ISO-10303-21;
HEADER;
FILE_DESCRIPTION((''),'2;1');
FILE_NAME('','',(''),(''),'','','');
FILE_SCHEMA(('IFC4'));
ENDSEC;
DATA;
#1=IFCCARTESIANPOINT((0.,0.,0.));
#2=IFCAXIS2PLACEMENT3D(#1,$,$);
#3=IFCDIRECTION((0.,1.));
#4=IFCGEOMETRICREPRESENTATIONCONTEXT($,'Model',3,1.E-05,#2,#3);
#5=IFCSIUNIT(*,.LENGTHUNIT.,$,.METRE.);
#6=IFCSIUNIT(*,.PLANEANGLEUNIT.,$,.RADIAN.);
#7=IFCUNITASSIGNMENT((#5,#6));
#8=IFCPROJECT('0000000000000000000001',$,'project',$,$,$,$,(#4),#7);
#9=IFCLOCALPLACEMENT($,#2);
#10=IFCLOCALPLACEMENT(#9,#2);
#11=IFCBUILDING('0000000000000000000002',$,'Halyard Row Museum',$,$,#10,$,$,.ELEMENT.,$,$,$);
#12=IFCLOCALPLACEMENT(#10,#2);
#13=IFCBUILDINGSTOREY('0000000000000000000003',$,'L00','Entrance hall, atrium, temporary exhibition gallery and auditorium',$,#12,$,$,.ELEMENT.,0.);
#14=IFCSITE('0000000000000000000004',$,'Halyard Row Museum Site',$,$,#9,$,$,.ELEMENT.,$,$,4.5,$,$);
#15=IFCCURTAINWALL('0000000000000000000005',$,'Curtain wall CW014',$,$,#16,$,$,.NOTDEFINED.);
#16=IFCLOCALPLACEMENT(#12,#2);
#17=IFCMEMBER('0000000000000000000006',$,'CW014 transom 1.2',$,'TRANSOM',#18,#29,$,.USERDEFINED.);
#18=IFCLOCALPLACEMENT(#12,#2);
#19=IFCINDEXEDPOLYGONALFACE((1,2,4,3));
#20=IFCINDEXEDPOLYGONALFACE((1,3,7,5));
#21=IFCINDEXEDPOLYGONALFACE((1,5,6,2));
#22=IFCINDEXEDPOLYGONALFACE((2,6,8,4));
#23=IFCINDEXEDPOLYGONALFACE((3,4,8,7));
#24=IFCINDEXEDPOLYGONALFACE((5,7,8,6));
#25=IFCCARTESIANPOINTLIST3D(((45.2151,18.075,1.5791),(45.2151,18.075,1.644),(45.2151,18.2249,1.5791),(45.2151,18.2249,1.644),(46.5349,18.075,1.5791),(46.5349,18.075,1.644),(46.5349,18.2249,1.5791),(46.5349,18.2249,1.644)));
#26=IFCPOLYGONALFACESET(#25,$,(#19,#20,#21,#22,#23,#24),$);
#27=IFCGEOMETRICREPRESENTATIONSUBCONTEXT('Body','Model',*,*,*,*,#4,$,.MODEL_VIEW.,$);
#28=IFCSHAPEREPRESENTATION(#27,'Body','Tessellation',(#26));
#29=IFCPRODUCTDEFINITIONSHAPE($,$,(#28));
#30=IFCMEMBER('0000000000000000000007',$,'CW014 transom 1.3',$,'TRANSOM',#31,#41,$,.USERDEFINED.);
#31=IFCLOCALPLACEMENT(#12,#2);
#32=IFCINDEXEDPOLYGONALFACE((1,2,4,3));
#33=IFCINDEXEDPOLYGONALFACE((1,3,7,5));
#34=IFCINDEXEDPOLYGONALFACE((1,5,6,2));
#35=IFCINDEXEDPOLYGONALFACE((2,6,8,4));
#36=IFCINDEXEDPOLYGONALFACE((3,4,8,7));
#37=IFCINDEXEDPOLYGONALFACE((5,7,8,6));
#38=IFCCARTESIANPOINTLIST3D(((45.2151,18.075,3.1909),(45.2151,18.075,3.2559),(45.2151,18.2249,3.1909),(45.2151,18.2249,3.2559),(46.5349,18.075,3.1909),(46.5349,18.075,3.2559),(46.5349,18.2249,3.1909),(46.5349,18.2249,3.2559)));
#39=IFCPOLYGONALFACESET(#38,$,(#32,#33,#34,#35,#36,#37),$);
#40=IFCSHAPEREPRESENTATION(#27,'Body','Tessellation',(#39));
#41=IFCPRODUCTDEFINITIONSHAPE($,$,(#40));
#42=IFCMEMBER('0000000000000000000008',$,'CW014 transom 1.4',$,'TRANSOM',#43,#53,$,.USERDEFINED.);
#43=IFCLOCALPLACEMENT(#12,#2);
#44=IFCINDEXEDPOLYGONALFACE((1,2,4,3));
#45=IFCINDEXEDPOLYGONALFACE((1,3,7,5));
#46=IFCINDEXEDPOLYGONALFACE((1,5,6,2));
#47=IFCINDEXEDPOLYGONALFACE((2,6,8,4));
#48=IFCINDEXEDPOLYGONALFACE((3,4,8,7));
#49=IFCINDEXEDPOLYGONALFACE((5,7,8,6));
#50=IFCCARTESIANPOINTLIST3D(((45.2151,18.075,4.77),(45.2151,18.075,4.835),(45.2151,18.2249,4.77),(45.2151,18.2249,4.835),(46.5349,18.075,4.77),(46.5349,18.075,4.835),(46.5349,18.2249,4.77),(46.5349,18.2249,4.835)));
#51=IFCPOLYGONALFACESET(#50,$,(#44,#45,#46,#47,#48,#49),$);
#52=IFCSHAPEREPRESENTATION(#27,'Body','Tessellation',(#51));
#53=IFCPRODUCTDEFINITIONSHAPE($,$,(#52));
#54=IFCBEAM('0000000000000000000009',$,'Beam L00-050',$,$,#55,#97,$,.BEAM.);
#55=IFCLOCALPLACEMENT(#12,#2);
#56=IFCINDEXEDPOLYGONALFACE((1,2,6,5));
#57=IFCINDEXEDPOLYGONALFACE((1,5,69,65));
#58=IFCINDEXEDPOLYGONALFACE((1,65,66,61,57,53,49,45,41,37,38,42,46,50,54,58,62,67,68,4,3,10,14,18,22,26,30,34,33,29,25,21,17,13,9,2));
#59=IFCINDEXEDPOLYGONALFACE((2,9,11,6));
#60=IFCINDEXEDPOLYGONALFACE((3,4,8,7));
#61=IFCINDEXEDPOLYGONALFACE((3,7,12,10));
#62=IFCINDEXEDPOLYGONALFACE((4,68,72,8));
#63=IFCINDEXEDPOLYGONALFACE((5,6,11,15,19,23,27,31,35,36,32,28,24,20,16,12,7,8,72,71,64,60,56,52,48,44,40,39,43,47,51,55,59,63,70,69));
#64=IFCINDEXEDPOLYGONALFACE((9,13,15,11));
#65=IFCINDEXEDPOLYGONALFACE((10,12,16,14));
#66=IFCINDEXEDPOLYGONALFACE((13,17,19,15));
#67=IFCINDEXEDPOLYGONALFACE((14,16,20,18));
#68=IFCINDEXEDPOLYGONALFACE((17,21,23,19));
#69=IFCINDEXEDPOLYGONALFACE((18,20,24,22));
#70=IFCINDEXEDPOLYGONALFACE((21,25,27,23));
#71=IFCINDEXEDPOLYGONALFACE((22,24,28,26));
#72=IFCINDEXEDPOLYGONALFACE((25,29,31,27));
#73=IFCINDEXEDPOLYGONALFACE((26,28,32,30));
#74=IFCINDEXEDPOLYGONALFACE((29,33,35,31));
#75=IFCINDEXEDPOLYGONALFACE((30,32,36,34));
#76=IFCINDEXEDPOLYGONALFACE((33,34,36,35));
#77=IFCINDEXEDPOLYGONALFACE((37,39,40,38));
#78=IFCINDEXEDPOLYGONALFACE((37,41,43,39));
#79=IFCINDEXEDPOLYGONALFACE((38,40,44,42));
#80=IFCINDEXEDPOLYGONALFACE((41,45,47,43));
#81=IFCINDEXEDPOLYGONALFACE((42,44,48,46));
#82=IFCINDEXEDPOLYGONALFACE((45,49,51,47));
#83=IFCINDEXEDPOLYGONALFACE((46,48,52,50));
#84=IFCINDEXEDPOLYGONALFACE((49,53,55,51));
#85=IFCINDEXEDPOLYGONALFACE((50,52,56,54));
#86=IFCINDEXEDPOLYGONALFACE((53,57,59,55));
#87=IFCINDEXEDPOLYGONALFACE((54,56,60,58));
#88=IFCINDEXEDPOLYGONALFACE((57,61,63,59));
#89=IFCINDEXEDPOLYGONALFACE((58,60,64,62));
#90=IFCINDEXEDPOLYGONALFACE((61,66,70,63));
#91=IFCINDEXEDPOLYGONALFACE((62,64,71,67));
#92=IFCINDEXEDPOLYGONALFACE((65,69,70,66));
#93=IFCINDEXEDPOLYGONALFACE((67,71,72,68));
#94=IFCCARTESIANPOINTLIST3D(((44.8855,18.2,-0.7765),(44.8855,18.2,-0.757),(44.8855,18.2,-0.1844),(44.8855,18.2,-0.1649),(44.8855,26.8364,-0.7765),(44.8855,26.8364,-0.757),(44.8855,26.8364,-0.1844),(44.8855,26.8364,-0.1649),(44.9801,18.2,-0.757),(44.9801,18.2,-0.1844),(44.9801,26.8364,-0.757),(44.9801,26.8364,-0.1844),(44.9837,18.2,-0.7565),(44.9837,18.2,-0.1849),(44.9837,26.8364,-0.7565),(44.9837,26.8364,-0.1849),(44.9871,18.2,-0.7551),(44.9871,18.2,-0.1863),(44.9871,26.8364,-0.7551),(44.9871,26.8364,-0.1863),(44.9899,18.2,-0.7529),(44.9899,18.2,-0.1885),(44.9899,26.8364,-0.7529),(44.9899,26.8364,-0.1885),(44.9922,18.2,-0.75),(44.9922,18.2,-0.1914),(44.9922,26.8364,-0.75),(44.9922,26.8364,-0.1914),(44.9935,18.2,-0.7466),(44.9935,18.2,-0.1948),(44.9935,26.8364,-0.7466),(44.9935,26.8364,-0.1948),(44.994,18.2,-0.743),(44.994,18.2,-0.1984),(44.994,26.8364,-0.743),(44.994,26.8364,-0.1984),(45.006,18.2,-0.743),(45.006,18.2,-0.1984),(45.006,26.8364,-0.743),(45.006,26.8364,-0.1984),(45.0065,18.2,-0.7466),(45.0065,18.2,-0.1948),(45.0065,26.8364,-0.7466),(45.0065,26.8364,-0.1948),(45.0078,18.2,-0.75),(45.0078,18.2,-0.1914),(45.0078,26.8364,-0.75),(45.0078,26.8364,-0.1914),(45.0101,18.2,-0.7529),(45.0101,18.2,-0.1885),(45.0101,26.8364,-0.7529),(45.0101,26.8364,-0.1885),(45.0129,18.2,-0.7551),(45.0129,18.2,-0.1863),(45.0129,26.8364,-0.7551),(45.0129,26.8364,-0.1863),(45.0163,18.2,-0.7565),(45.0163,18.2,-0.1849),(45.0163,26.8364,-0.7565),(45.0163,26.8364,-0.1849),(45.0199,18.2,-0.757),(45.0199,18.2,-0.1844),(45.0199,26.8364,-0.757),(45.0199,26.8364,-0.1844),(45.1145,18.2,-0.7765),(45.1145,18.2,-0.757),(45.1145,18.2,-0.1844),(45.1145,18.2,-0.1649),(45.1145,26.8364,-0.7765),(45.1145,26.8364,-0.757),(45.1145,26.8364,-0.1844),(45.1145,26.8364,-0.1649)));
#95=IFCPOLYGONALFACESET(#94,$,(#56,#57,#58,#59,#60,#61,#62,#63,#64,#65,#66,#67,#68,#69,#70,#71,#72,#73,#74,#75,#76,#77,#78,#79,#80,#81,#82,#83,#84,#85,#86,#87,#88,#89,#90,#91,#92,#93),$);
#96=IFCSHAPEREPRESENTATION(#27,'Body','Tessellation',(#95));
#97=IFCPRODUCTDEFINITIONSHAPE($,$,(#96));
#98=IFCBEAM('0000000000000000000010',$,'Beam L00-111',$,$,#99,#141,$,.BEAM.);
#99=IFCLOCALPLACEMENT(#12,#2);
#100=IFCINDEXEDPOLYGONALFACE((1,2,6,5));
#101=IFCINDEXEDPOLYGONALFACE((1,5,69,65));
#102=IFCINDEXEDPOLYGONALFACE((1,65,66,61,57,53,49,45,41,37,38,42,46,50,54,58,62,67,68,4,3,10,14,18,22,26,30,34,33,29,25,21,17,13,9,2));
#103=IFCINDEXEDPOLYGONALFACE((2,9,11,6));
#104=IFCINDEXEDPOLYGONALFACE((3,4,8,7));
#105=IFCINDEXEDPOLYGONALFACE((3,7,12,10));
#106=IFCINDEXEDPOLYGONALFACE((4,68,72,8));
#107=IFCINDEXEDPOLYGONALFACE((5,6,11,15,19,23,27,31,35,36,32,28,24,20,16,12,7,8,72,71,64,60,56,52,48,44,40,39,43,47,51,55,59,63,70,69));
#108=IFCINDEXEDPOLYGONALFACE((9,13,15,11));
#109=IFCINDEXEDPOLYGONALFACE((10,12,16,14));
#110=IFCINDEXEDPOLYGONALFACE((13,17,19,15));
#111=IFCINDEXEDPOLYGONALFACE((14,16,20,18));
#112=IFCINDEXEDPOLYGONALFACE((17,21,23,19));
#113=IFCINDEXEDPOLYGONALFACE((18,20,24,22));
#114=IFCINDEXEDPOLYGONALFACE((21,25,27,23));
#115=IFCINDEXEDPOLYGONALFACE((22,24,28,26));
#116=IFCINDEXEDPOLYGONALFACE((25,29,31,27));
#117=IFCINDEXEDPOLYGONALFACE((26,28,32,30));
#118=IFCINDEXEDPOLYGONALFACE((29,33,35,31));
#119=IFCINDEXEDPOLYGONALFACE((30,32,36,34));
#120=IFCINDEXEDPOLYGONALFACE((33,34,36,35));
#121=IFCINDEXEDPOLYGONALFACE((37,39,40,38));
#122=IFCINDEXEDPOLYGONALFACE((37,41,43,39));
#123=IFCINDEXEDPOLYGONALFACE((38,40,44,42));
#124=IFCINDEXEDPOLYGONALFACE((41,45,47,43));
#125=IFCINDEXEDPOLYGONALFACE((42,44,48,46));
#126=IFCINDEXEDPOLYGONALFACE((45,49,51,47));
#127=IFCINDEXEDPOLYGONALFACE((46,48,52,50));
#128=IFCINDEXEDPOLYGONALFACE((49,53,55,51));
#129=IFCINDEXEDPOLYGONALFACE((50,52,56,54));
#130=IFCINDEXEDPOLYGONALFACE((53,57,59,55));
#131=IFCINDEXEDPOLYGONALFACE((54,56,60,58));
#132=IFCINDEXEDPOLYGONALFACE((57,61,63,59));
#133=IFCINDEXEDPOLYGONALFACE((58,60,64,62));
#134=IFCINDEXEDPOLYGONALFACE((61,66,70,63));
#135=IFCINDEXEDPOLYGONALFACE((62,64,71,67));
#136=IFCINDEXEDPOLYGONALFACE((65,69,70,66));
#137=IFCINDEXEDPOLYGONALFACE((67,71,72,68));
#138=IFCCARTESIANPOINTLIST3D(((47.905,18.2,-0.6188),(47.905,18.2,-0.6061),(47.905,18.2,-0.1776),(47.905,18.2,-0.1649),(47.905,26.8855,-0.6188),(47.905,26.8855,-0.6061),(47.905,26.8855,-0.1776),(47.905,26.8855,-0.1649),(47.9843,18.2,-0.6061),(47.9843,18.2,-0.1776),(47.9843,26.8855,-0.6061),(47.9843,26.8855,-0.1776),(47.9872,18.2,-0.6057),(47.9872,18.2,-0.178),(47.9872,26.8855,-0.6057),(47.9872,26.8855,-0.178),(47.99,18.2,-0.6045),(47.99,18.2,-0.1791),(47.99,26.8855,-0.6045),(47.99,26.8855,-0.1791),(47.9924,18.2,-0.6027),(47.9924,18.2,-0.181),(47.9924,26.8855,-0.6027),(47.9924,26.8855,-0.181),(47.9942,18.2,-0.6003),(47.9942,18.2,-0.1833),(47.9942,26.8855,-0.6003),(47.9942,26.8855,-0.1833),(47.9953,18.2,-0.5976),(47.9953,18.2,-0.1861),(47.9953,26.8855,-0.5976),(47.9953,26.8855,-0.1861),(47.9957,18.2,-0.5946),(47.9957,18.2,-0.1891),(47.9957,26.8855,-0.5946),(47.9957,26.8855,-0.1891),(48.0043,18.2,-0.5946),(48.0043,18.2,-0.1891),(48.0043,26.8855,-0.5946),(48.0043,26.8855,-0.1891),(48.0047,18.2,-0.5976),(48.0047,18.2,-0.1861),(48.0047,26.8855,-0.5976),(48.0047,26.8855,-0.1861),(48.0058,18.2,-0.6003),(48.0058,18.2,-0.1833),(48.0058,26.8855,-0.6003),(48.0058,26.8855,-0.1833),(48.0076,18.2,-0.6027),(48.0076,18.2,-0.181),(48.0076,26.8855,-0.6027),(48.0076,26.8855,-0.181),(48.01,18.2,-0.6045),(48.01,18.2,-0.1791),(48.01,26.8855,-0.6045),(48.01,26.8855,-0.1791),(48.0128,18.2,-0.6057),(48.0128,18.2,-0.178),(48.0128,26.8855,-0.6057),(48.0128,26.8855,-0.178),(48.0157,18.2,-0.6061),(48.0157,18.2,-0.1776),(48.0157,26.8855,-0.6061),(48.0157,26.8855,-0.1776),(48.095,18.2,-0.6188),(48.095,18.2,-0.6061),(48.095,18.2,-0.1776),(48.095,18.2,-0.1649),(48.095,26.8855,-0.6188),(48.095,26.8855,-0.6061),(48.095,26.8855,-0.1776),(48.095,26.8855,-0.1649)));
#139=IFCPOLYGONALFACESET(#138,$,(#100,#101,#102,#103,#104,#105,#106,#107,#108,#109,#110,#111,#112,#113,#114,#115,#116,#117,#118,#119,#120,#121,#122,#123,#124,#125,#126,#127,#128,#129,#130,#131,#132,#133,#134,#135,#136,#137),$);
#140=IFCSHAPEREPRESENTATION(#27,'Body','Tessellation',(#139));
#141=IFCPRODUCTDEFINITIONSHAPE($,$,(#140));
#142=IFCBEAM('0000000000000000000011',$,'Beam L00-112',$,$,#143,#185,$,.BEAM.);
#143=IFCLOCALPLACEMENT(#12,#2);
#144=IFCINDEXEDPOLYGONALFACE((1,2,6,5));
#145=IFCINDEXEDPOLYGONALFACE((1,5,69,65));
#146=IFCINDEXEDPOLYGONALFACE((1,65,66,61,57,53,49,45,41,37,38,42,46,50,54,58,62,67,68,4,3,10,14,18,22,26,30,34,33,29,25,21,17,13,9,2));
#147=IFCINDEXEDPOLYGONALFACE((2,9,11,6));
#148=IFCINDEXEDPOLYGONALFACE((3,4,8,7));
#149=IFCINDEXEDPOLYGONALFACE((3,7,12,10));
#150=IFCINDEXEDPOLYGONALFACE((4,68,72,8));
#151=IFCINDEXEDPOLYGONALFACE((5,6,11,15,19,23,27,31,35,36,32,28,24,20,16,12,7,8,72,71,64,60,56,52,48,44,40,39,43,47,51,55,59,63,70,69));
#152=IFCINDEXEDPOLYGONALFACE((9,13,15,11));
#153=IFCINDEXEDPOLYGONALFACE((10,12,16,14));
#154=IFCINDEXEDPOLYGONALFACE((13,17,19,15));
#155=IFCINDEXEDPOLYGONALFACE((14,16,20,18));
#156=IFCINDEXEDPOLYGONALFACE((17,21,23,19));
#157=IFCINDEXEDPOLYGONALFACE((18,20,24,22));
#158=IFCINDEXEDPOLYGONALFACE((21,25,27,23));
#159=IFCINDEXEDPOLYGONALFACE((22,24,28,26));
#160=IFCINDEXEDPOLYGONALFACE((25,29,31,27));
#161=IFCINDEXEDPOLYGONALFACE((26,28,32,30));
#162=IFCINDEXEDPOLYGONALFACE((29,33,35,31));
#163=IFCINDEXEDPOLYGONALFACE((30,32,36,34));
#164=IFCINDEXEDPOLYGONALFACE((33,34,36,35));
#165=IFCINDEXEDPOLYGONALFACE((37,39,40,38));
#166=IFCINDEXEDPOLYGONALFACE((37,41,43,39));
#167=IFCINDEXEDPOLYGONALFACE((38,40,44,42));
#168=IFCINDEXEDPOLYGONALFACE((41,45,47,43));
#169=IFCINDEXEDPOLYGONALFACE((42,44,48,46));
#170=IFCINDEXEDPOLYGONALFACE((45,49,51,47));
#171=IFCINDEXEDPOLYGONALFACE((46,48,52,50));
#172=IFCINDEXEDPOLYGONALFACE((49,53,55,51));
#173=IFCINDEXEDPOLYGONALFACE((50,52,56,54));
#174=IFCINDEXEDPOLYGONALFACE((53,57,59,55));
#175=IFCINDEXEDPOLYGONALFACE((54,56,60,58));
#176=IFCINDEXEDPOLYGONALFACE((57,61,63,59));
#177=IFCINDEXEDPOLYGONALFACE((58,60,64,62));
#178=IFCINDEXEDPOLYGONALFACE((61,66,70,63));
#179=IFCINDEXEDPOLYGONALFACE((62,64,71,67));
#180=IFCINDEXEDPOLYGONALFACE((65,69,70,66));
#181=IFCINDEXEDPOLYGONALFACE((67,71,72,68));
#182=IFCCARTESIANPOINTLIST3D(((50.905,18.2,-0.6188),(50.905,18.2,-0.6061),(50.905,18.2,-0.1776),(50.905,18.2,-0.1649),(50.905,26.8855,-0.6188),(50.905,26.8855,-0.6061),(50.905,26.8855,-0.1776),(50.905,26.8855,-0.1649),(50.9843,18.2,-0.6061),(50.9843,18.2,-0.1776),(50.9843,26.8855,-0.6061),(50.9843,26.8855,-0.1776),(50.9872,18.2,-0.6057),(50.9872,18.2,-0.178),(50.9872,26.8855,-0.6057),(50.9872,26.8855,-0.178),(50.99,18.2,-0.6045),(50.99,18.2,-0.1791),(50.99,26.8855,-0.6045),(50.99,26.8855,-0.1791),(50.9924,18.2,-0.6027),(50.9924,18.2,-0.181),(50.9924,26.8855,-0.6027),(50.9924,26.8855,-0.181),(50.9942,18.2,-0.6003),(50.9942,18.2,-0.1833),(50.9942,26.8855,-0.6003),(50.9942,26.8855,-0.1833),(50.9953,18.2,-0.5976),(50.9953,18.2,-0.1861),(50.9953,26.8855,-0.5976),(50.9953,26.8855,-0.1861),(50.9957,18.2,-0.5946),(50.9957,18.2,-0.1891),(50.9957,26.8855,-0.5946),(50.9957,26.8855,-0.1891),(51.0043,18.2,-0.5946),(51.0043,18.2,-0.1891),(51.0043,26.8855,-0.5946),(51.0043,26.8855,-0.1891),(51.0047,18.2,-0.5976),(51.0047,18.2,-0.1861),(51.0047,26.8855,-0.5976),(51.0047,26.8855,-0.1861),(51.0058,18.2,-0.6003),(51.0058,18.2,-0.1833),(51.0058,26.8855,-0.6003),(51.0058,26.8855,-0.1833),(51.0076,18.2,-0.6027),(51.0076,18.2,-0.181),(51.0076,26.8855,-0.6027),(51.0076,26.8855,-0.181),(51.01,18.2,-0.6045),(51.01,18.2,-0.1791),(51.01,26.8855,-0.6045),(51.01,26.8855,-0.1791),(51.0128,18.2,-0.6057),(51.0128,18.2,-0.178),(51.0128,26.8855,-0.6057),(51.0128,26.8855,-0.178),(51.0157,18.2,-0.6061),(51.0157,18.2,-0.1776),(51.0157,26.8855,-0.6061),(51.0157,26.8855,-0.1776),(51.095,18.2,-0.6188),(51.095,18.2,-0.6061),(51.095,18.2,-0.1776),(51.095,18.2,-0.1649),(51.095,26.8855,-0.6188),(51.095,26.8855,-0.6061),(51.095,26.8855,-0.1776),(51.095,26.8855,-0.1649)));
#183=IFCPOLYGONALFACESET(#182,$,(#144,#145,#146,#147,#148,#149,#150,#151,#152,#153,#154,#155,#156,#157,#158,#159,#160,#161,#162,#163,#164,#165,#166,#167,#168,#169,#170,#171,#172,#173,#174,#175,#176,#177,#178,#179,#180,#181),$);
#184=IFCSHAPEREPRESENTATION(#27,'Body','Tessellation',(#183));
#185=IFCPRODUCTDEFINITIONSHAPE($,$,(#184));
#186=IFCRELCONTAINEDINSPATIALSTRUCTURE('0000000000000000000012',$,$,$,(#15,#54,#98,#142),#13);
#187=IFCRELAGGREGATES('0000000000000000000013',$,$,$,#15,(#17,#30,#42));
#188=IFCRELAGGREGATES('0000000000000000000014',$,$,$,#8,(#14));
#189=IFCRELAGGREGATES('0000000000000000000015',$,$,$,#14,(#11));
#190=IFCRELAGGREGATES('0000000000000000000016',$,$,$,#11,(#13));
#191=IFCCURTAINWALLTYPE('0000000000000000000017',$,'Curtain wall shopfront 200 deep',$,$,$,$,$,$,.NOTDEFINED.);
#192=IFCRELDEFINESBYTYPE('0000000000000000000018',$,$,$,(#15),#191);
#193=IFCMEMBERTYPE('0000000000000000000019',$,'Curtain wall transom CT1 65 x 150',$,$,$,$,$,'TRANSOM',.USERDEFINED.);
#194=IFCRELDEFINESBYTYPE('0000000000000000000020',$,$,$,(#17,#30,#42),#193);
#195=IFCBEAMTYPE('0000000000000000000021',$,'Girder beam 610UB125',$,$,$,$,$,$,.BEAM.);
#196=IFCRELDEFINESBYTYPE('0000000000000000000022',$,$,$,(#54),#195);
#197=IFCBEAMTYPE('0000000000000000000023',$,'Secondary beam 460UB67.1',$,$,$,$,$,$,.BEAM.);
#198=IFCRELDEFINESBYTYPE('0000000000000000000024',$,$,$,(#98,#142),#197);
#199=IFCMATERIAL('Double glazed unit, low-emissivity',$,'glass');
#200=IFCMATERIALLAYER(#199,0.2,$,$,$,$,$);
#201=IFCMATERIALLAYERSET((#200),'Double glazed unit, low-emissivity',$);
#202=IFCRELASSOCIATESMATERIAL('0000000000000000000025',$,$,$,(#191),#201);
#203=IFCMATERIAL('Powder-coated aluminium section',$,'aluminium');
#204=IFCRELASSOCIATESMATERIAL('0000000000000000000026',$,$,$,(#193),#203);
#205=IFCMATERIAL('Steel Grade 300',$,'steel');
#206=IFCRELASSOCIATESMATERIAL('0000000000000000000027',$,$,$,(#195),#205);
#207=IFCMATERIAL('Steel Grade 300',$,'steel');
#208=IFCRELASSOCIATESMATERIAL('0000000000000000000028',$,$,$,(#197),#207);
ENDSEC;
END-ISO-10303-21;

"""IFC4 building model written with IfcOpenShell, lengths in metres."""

from ifc_helpers import new_model, si_unit, direction, frame, origin, origin_2d, place, context, subcontext, project, spatial, rectangle, i_section, extrude, material, layer, layer_set, material_profile, profile_set, type_object, element, aggregate, save


model = new_model("IFC4")

# Units and contexts
model_context = context("Model", 3, precision=1e-05, world=origin(), true_north=direction((0.0, 1.0)))
body_context = subcontext(model_context, "Body", "Model", "MODEL_VIEW")
ifc_project = project(units=[si_unit("LENGTHUNIT", "METRE"), si_unit("PLANEANGLEUNIT", "RADIAN")], contexts=[model_context])

# Site, building, storey
site_placement = place(None, origin())
site = spatial("IfcSite", under=ifc_project, at=site_placement, Name="Halyard Row Museum Site", CompositionType="ELEMENT", RefElevation=4.5)
building_placement = place(site_placement, origin())
building = spatial("IfcBuilding", under=site, at=building_placement, Name="Halyard Row Museum", CompositionType="ELEMENT")
storey_placement = place(building_placement, origin())
storey = spatial("IfcBuildingStorey", under=building, at=storey_placement, Name="L00", Description="Entrance hall, atrium, temporary exhibition gallery and auditorium", CompositionType="ELEMENT", Elevation=0.0)

# Shared definitions
ifc_material_1 = material(Name="Double glazed unit, low-emissivity", Category="glass")
ifc_layer_1 = layer(ifc_material_1, 0.2)
ifc_layer_set_1 = layer_set([ifc_layer_1], Name="Double glazed unit, low-emissivity")
curtain_wall_type = type_object("IfcCurtainWallType", Name="Curtain wall shopfront 200 deep", PredefinedType="NOTDEFINED", material=ifc_layer_set_1)

# Curtain wall, members
curtain_wall_1_placement = place(storey_placement, origin())
curtain_wall_1 = element("IfcCurtainWall", 1, at=curtain_wall_1_placement, inside=storey, type_object=curtain_wall_type, Name="Curtain wall CW014", PredefinedType="NOTDEFINED")
ifc_material_2 = material(Name="Powder-coated aluminium section", Category="aluminium")
ifc_material_profile_1 = material_profile(ifc_material_2, rectangle(XDim=0.1499, YDim=0.0649, at=origin_2d()), Name="150x65 transom")
ifc_profile_set_1 = profile_set([ifc_material_profile_1], Name="Powder-coated aluminium section")
member_type_1 = type_object("IfcMemberType", Name="Curtain wall transom CT1 65 x 150", ElementType="TRANSOM", PredefinedType="USERDEFINED", material=ifc_profile_set_1)
member_1_placement = place(storey_placement, frame((45.2151, 18.1499, 1.6116), z_axis=(1.0, 0.0, 0.0), x_axis=(0.0, 1.0, 0.0)))
member_1 = element("IfcMember", 2, at=member_1_placement, type_object=member_type_1, Name="CW014 transom 1.2", ObjectType="TRANSOM", PredefinedType="USERDEFINED", context=body_context, shape_type="SweptSolid", body=[
    extrude(rectangle(XDim=0.1499, YDim=0.0649, at=origin_2d()), origin(), (0.0, 0.0, 1.0), 1.3198),
])
member_2_placement = place(storey_placement, frame((45.2151, 18.1499, 3.2234), z_axis=(1.0, 0.0, 0.0), x_axis=(0.0, 1.0, 0.0)))
member_2 = element("IfcMember", 3, at=member_2_placement, type_object=member_type_1, Name="CW014 transom 1.3", ObjectType="TRANSOM", PredefinedType="USERDEFINED", context=body_context, shape_type="SweptSolid", body=[
    extrude(rectangle(XDim=0.1499, YDim=0.0649, at=origin_2d()), origin(), (0.0, 0.0, 1.0), 1.3198),
])
member_3_placement = place(storey_placement, frame((45.2151, 18.1499, 4.8025), z_axis=(1.0, 0.0, 0.0), x_axis=(0.0, 1.0, 0.0)))
member_3 = element("IfcMember", 4, at=member_3_placement, type_object=member_type_1, Name="CW014 transom 1.4", ObjectType="TRANSOM", PredefinedType="USERDEFINED", context=body_context, shape_type="SweptSolid", body=[
    extrude(rectangle(XDim=0.1499, YDim=0.0649, at=origin_2d()), origin(), (0.0, 0.0, 1.0), 1.3198),
])

# Beams
ifc_material_3 = material(Name="Steel Grade 300", Category="steel")
ifc_material_profile_2 = material_profile(ifc_material_3, i_section(OverallWidth=0.229, OverallDepth=0.6116, WebThickness=0.012, FlangeThickness=0.0195, FilletRadius=0.0139, at=origin_2d()), Name="610UB125")
ifc_profile_set_2 = profile_set([ifc_material_profile_2], Name="Steel Grade 300")
beam_type_1 = type_object("IfcBeamType", Name="Girder beam 610UB125", PredefinedType="BEAM", material=ifc_profile_set_2)
beam_1_placement = place(storey_placement, frame((45.0, 18.2, -0.4707), z_axis=(0.0, 1.0, 0.0), x_axis=(-1.0, 0.0, 0.0)))
element("IfcBeam", 5, at=beam_1_placement, inside=storey, type_object=beam_type_1, Name="Beam L00-050", PredefinedType="BEAM", context=body_context, shape_type="SweptSolid", body=[
    extrude(i_section(OverallWidth=0.229, OverallDepth=0.6116, WebThickness=0.012, FlangeThickness=0.0195, FilletRadius=0.0139, at=origin_2d()), origin(), (0.0, 0.0, 1.0), 8.6365),
])
ifc_material_4 = material(Name="Steel Grade 300", Category="steel")
ifc_material_profile_3 = material_profile(ifc_material_4, i_section(OverallWidth=0.1899, OverallDepth=0.4539, WebThickness=0.0085, FlangeThickness=0.0127, FilletRadius=0.0115, at=origin_2d()), Name="460UB67.1")
ifc_profile_set_3 = profile_set([ifc_material_profile_3], Name="Steel Grade 300")
beam_type_2 = type_object("IfcBeamType", Name="Secondary beam 460UB67.1", PredefinedType="BEAM", material=ifc_profile_set_3)
for number, where, z_axis, x_axis, name in (
    (6, (48.0, 18.2, -0.3918), (0.0, 1.0, 0.0), (-1.0, 0.0, 0.0), "Beam L00-111"),
    (7, (51.0, 18.2, -0.3918), (0.0, 1.0, 0.0), (-1.0, 0.0, 0.0), "Beam L00-112"),
):
    element("IfcBeam", number, at=place(storey_placement, frame(where, z_axis=z_axis, x_axis=x_axis)), inside=storey, type_object=beam_type_2, Name=name, PredefinedType="BEAM", context=body_context, shape_type="SweptSolid", body=[
        extrude(i_section(OverallWidth=0.1899, OverallDepth=0.4539, WebThickness=0.0085, FlangeThickness=0.0127, FilletRadius=0.0115, at=origin_2d()), origin(), (0.0, 0.0, 1.0), 8.6855),
    ])

aggregate(curtain_wall_1, [member_1, member_2, member_3])

save(model, "model.ifc")
